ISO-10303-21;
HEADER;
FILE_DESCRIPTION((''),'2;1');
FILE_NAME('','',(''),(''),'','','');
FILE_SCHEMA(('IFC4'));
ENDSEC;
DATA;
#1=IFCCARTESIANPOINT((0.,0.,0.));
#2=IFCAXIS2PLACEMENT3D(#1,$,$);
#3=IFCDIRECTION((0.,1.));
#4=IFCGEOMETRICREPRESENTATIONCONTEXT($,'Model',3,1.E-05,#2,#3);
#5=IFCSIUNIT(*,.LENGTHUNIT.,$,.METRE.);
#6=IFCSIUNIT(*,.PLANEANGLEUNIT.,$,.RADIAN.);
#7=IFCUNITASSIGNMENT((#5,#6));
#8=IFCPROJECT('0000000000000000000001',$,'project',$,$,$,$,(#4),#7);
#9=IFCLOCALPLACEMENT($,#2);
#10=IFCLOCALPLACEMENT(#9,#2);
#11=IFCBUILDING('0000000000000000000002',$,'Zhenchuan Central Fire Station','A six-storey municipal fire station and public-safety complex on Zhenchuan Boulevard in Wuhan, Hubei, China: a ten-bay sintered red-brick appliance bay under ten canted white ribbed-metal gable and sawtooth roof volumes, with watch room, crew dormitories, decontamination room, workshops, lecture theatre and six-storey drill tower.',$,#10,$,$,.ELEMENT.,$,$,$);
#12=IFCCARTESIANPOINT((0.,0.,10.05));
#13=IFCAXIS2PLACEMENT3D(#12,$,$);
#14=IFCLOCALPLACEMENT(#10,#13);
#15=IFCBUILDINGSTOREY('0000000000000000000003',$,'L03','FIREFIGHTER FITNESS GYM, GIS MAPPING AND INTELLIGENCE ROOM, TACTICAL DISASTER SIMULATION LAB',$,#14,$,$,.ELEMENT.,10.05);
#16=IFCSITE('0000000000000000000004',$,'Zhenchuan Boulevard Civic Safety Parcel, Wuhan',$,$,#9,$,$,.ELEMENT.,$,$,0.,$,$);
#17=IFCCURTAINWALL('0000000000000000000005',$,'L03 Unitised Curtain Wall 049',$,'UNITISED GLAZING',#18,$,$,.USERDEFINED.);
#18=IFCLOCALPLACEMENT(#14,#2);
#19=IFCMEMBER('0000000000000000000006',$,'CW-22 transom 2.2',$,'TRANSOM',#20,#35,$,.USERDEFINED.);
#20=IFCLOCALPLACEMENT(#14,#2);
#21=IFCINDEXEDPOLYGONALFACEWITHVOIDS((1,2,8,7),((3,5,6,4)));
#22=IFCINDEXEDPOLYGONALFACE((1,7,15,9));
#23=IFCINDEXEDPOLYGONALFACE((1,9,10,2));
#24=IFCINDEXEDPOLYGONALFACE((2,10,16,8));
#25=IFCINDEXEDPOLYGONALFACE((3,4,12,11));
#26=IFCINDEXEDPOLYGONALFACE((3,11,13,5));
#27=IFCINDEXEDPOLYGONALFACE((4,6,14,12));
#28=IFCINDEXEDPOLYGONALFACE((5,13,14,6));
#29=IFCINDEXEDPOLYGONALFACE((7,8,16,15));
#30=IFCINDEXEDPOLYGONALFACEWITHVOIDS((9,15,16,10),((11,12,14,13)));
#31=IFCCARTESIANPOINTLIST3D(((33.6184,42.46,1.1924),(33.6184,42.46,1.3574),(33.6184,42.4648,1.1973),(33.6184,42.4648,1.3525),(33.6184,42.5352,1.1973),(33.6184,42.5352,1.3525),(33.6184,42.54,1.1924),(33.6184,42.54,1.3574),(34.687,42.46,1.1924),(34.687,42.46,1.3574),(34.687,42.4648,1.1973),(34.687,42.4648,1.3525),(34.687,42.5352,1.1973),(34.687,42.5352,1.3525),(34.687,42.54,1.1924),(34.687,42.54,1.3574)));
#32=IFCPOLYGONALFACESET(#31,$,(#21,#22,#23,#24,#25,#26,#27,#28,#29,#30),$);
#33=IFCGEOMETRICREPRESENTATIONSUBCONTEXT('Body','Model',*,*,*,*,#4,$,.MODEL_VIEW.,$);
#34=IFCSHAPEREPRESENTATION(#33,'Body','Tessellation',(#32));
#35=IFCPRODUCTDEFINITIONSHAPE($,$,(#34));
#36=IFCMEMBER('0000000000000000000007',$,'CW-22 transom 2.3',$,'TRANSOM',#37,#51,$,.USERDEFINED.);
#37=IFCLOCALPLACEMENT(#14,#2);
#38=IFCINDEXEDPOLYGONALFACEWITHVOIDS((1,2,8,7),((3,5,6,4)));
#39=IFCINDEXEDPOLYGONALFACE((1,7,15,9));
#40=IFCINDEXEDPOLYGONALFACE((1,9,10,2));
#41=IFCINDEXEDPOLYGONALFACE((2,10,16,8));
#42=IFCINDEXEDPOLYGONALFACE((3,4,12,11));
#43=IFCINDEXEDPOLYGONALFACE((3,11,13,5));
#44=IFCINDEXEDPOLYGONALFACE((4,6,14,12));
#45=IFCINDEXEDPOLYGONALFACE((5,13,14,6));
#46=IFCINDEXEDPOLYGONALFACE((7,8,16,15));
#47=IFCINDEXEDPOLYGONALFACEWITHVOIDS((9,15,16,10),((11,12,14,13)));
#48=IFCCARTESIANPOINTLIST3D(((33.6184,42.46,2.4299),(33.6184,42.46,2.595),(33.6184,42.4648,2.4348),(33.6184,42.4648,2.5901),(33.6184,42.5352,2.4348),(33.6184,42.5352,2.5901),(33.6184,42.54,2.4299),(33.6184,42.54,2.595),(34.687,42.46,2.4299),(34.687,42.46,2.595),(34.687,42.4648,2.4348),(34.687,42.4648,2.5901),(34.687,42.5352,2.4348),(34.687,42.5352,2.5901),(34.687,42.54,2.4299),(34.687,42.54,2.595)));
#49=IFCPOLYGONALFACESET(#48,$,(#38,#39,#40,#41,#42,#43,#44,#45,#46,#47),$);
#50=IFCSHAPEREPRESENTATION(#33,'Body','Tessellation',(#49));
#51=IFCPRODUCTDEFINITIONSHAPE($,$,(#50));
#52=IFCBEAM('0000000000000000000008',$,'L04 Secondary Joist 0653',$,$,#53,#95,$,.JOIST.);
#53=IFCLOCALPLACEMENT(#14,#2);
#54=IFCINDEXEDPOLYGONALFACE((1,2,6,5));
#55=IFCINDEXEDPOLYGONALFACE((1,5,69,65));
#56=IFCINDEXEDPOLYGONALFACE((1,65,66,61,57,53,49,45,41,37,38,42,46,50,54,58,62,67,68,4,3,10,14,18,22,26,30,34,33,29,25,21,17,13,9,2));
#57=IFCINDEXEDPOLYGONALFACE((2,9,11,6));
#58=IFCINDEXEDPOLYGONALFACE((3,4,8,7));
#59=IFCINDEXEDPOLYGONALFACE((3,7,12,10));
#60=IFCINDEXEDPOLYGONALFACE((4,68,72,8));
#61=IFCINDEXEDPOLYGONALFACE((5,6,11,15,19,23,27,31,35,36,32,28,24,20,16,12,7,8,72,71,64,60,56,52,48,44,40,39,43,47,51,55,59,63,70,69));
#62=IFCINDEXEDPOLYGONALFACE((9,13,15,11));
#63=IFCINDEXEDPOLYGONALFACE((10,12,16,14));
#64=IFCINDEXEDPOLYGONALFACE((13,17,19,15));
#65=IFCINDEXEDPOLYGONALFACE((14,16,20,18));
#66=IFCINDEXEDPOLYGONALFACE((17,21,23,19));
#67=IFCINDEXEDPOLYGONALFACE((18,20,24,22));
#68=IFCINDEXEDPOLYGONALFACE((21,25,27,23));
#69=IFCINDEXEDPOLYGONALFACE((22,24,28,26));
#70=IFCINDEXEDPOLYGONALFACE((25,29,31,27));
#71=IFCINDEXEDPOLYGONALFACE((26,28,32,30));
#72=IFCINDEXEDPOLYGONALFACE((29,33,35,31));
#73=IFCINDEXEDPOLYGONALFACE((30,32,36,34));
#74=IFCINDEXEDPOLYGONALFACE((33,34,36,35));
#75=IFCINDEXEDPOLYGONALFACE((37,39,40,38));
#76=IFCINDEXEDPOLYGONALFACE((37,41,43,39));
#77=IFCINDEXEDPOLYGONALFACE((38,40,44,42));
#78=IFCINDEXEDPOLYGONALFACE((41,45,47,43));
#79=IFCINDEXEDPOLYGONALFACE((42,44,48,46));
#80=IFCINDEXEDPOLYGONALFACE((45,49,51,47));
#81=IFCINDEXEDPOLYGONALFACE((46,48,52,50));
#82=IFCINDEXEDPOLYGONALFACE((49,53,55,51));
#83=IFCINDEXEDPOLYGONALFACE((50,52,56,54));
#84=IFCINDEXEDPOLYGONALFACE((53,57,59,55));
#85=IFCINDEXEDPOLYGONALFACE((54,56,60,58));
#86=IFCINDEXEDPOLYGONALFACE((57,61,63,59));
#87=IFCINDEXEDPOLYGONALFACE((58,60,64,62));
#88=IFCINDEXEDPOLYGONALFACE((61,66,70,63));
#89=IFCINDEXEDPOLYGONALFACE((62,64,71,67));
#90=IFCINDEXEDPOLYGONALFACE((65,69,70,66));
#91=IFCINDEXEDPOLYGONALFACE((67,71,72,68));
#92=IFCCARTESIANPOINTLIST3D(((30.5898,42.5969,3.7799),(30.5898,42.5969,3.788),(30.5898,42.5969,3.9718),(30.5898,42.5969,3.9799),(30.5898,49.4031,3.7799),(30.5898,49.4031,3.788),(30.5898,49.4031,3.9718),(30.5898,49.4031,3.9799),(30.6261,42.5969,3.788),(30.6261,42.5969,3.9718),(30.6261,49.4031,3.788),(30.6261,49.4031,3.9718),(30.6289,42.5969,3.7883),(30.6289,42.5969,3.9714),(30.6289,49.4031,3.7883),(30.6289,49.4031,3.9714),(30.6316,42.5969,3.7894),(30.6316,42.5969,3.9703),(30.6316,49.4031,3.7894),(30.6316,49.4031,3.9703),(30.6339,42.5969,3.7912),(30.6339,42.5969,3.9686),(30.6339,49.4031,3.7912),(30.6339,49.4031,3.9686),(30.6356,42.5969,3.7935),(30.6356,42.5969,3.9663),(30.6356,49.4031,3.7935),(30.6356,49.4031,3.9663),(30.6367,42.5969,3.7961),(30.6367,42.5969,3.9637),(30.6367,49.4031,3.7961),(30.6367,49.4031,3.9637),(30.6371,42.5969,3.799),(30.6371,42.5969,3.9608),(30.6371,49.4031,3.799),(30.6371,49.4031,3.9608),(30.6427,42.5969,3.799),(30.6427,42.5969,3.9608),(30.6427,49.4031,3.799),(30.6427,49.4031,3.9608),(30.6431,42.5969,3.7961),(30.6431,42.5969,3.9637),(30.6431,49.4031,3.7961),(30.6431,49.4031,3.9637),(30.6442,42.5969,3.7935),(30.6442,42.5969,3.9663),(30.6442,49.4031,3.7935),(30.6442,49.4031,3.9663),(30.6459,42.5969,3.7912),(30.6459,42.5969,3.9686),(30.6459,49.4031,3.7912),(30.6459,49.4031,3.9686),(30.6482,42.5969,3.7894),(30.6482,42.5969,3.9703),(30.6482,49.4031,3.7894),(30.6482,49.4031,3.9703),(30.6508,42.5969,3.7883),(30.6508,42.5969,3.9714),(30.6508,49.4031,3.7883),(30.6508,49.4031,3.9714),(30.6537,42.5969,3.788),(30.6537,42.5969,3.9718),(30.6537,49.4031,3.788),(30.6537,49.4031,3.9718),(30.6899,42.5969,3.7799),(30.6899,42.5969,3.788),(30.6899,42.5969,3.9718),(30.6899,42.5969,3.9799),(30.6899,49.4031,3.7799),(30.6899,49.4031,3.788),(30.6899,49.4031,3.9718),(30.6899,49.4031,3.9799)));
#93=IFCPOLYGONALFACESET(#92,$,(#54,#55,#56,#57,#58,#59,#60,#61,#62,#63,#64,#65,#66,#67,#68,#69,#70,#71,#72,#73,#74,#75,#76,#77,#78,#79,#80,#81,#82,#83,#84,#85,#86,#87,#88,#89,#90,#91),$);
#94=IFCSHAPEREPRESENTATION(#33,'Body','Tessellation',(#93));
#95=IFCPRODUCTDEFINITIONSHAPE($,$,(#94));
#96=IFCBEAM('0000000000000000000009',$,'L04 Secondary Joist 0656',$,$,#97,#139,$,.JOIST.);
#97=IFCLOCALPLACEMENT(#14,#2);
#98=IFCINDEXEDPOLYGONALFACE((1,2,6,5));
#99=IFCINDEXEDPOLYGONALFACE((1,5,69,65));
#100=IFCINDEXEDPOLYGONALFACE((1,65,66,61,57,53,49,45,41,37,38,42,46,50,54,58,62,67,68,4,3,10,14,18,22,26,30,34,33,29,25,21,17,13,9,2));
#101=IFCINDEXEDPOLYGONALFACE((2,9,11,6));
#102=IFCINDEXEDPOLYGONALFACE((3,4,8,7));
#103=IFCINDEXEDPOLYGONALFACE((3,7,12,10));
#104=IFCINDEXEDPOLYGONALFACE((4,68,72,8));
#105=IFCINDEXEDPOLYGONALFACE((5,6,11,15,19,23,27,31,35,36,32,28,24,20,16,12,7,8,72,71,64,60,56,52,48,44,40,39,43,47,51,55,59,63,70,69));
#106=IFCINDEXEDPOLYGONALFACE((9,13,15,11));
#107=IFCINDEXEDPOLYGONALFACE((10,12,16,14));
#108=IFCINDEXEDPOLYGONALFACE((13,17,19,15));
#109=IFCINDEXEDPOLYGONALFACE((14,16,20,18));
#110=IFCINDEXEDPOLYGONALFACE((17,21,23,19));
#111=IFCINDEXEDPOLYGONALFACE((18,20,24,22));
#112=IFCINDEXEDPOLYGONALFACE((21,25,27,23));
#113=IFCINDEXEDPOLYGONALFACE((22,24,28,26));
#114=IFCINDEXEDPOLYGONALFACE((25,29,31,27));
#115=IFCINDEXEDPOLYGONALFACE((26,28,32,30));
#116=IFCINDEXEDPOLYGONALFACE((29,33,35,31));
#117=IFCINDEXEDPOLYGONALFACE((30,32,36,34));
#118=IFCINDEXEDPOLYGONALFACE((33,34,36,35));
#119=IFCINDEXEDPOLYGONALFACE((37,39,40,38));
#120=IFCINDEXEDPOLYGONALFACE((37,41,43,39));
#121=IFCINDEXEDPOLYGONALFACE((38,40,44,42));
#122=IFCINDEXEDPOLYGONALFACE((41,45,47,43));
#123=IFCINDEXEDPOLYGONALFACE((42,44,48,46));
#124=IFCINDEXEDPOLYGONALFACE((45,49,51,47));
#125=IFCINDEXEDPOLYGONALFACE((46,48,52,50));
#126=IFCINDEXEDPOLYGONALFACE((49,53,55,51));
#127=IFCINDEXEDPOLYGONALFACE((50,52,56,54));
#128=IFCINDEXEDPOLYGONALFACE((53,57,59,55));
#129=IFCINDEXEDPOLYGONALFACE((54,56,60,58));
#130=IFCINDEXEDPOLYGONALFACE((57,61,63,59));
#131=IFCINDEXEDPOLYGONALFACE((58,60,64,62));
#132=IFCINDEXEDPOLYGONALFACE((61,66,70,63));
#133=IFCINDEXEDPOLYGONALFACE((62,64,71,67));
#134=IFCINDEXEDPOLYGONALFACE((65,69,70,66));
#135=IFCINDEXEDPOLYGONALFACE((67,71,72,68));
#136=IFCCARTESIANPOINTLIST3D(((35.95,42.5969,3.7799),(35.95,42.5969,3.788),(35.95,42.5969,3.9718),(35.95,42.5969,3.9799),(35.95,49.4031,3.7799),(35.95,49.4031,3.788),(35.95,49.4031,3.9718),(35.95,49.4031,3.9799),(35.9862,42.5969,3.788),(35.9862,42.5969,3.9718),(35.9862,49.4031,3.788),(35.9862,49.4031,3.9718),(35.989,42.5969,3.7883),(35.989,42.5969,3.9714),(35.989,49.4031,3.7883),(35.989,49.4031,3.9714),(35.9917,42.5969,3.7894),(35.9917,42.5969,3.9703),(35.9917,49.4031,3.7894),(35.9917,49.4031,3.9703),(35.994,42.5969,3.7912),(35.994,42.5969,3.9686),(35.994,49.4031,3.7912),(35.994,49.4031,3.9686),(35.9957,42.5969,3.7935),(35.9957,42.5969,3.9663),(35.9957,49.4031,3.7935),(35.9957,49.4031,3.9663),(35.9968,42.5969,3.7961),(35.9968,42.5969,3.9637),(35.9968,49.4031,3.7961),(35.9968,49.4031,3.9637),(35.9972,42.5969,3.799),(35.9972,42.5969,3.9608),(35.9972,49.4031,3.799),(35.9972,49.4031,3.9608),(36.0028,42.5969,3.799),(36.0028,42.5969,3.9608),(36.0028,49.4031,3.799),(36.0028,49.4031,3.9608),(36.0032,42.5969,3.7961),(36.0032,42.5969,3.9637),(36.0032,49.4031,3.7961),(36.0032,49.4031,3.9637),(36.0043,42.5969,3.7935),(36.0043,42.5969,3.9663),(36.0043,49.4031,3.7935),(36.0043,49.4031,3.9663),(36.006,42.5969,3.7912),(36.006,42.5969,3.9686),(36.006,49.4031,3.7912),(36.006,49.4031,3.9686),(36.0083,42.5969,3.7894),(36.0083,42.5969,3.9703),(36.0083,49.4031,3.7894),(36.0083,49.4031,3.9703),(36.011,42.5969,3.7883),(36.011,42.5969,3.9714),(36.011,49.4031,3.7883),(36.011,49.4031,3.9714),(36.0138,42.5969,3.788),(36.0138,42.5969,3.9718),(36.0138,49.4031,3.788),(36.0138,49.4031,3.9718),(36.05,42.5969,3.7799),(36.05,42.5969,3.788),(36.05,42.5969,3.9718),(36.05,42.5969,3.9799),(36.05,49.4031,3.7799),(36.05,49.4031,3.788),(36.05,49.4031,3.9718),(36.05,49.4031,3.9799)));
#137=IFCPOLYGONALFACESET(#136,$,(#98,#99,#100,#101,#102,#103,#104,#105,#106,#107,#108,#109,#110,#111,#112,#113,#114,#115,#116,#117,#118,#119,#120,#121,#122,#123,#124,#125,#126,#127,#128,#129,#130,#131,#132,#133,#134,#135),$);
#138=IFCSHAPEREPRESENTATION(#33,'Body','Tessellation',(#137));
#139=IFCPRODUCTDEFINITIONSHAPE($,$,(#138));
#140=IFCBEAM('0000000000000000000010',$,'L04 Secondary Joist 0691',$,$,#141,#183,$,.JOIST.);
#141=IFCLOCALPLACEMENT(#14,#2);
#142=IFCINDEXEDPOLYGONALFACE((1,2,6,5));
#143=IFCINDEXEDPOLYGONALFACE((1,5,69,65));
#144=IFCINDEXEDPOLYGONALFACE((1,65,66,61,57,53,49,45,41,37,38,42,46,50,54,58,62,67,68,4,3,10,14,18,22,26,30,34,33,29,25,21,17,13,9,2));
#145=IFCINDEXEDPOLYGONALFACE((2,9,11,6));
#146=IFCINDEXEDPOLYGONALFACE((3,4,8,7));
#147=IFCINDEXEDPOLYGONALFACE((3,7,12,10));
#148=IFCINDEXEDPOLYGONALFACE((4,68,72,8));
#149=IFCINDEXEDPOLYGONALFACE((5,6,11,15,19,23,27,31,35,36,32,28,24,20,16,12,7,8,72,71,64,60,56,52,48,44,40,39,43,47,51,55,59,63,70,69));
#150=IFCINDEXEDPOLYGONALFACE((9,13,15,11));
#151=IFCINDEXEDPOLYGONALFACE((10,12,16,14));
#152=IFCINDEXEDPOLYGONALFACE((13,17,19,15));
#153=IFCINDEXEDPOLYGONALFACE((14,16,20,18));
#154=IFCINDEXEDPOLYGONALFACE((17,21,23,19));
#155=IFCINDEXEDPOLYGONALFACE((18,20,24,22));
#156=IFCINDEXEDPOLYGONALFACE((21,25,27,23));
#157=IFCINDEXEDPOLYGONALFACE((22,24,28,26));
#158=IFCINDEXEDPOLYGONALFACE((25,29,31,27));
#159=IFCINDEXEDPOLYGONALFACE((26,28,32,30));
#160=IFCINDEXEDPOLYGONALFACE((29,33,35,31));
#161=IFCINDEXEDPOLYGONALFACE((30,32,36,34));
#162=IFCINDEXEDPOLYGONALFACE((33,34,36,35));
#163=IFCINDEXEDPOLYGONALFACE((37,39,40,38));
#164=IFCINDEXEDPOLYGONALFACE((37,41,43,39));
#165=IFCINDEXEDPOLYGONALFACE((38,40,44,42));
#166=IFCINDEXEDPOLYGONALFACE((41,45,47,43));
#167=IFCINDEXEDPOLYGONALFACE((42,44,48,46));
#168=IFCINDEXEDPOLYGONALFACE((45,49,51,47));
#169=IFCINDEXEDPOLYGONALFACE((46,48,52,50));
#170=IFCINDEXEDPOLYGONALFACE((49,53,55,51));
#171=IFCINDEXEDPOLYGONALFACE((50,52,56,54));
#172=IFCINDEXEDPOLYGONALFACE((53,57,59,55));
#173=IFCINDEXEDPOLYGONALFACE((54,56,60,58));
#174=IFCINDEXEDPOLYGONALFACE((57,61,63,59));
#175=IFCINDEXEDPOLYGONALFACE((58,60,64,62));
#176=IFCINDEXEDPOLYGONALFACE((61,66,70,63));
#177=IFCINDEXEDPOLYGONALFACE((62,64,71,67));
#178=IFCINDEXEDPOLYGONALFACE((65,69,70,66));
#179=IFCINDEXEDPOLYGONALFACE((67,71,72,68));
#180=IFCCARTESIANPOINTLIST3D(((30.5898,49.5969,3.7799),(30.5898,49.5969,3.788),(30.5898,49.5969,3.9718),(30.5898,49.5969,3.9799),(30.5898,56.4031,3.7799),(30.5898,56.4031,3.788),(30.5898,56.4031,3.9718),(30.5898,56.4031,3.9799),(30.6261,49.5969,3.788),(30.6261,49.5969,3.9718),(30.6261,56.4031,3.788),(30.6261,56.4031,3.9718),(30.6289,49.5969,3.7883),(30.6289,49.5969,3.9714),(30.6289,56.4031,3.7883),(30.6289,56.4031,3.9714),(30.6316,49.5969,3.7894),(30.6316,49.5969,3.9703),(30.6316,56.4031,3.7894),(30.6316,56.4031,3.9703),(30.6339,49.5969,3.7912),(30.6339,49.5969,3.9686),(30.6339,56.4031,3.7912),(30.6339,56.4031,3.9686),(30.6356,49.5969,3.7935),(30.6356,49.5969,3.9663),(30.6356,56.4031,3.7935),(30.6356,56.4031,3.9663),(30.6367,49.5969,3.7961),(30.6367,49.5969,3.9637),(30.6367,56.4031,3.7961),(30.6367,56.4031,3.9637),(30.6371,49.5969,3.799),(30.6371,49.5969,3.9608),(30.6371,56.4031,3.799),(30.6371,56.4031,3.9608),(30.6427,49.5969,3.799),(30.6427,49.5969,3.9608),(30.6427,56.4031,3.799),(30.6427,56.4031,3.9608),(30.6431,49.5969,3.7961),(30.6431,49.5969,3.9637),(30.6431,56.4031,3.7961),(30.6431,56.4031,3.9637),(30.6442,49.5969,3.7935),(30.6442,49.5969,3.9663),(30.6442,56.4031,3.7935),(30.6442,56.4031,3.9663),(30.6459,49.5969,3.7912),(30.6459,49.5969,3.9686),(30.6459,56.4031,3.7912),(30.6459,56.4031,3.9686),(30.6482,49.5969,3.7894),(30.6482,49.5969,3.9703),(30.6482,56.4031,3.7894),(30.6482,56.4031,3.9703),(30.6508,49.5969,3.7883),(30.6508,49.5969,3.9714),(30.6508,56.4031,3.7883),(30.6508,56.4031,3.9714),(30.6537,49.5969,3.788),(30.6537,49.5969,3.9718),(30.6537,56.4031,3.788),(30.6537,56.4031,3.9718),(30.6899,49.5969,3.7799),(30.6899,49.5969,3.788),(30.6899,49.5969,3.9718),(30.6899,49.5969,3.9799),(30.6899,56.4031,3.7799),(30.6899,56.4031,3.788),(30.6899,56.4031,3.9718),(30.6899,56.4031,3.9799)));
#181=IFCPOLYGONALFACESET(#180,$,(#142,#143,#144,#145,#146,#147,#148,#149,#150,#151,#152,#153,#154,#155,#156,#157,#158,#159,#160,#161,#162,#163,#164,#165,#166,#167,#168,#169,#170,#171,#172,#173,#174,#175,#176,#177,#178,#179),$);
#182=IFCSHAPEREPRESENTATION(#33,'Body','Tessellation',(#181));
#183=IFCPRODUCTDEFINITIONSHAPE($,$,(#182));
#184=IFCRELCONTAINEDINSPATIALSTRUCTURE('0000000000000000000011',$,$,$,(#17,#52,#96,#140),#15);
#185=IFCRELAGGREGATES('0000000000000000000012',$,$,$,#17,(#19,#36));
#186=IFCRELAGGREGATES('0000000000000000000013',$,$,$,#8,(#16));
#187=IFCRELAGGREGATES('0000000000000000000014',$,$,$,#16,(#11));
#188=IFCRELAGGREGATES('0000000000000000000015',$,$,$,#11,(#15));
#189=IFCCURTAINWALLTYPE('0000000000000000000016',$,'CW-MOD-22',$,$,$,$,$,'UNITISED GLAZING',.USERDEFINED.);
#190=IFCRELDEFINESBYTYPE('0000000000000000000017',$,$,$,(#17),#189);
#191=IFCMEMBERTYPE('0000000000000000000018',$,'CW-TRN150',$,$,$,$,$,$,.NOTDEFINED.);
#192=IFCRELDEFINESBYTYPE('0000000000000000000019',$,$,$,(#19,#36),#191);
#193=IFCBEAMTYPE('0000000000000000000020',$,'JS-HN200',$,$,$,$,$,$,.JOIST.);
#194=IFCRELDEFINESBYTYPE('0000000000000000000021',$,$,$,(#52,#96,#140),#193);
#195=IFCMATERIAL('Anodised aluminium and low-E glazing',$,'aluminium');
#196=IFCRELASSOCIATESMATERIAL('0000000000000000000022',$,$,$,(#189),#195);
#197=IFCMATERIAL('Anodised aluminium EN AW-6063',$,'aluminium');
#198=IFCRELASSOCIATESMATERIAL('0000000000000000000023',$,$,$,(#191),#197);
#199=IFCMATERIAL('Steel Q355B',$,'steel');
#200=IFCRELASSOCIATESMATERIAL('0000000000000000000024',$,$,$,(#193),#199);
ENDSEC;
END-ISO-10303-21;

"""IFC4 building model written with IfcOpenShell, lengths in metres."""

from ifc_helpers import new_model, si_unit, direction, frame, origin, origin_2d, place, context, subcontext, project, spatial, hollow_rectangle, i_section, extrude, material, material_profile, profile_set, type_object, element, aggregate, save


model = new_model("IFC4")

# Units and contexts
model_context = context("Model", 3, precision=1e-05, world=origin(), true_north=direction((0.0, 1.0)))
body_context = subcontext(model_context, "Body", "Model", "MODEL_VIEW")
ifc_project = project(units=[si_unit("LENGTHUNIT", "METRE"), si_unit("PLANEANGLEUNIT", "RADIAN")], contexts=[model_context])

# Site, building, storey
site_placement = place(None, origin())
site = spatial("IfcSite", under=ifc_project, at=site_placement, Name="Zhenchuan Boulevard Civic Safety Parcel, Wuhan", CompositionType="ELEMENT", RefElevation=0.0)
building_placement = place(site_placement, origin())
building = spatial("IfcBuilding", under=site, at=building_placement, Name="Zhenchuan Central Fire Station", Description="A six-storey municipal fire station and public-safety complex on Zhenchuan Boulevard in Wuhan, Hubei, China: a ten-bay sintered red-brick appliance bay under ten canted white ribbed-metal gable and sawtooth roof volumes, with watch room, crew dormitories, decontamination room, workshops, lecture theatre and six-storey drill tower.", CompositionType="ELEMENT")
storey_placement = place(building_placement, frame((0.0, 0.0, 10.05)))
storey = spatial("IfcBuildingStorey", under=building, at=storey_placement, Name="L03", Description="FIREFIGHTER FITNESS GYM, GIS MAPPING AND INTELLIGENCE ROOM, TACTICAL DISASTER SIMULATION LAB", CompositionType="ELEMENT", Elevation=10.05)

# Shared definitions
ifc_material_1 = material(Name="Steel Q355B", Category="steel")

# Curtain wall
ifc_material_2 = material(Name="Anodised aluminium and low-E glazing", Category="aluminium")
ifc_material_3 = material(Name="Anodised aluminium EN AW-6063", Category="aluminium")
curtain_wall_type_1 = type_object("IfcCurtainWallType", Name="CW-MOD-22", ElementType="UNITISED GLAZING", PredefinedType="USERDEFINED", material=ifc_material_2)
curtain_wall_1_placement = place(storey_placement, origin())
curtain_wall_1 = element("IfcCurtainWall", 1, at=curtain_wall_1_placement, inside=storey, type_object=curtain_wall_type_1, Name="L03 Unitised Curtain Wall 049", ObjectType="UNITISED GLAZING", PredefinedType="USERDEFINED")

# Members
ifc_material_profile_1 = material_profile(ifc_material_3, hollow_rectangle(XDim=0.0801, YDim=0.165, WallThickness=0.0049, at=origin_2d()), Name="ALU-T 165x80")
ifc_profile_set_1 = profile_set([ifc_material_profile_1], Name="Anodised aluminium EN AW-6063")
member_type_1 = type_object("IfcMemberType", Name="CW-TRN150", PredefinedType="NOTDEFINED", material=ifc_profile_set_1)
member_1_placement = place(storey_placement, frame((33.6184, 42.5, 1.2749), z_axis=(1.0, 0.0, 0.0), x_axis=(0.0, 1.0, 0.0)))
member_1 = element("IfcMember", 2, at=member_1_placement, type_object=member_type_1, Name="CW-22 transom 2.2", ObjectType="TRANSOM", PredefinedType="USERDEFINED", context=body_context, shape_type="SweptSolid", body=[
    extrude(hollow_rectangle(XDim=0.0801, YDim=0.165, WallThickness=0.0049, at=origin_2d()), origin(), (0.0, 0.0, 1.0), 1.0686),
])
member_2_placement = place(storey_placement, frame((33.6184, 42.5, 2.5125), z_axis=(1.0, 0.0, 0.0), x_axis=(0.0, 1.0, 0.0)))
member_2 = element("IfcMember", 3, at=member_2_placement, type_object=member_type_1, Name="CW-22 transom 2.3", ObjectType="TRANSOM", PredefinedType="USERDEFINED", context=body_context, shape_type="SweptSolid", body=[
    extrude(hollow_rectangle(XDim=0.0801, YDim=0.165, WallThickness=0.0049, at=origin_2d()), origin(), (0.0, 0.0, 1.0), 1.0686),
])

# Beams
ifc_material_profile_2 = material_profile(ifc_material_1, i_section(OverallWidth=0.1001, OverallDepth=0.2, WebThickness=0.0056, FlangeThickness=0.0081, FilletRadius=0.011, at=origin_2d()), Name="HN 200x100")
ifc_profile_set_2 = profile_set([ifc_material_profile_2], Name="Steel Q355B")
beam_type_1 = type_object("IfcBeamType", Name="JS-HN200", PredefinedType="JOIST", material=ifc_profile_set_2)
for number, where, z_axis, x_axis, name in (
    (4, (30.6399, 42.5969, 3.8799), (0.0, 1.0, 0.0), (-1.0, 0.0, 0.0), "L04 Secondary Joist 0653"),
    (5, (36.0, 42.5969, 3.8799), (0.0, 1.0, 0.0), (-1.0, 0.0, 0.0), "L04 Secondary Joist 0656"),
    (6, (30.6399, 49.5969, 3.8799), (0.0, 1.0, 0.0), (-1.0, 0.0, 0.0), "L04 Secondary Joist 0691"),
):
    element("IfcBeam", number, at=place(storey_placement, frame(where, z_axis=z_axis, x_axis=x_axis)), inside=storey, type_object=beam_type_1, Name=name, PredefinedType="JOIST", context=body_context, shape_type="SweptSolid", body=[
        extrude(i_section(OverallWidth=0.1001, OverallDepth=0.2, WebThickness=0.0056, FlangeThickness=0.0081, FilletRadius=0.011, at=origin_2d()), origin(), (0.0, 0.0, 1.0), 6.8062),
    ])

aggregate(curtain_wall_1, [member_1, member_2])

save(model, "model.ifc")
